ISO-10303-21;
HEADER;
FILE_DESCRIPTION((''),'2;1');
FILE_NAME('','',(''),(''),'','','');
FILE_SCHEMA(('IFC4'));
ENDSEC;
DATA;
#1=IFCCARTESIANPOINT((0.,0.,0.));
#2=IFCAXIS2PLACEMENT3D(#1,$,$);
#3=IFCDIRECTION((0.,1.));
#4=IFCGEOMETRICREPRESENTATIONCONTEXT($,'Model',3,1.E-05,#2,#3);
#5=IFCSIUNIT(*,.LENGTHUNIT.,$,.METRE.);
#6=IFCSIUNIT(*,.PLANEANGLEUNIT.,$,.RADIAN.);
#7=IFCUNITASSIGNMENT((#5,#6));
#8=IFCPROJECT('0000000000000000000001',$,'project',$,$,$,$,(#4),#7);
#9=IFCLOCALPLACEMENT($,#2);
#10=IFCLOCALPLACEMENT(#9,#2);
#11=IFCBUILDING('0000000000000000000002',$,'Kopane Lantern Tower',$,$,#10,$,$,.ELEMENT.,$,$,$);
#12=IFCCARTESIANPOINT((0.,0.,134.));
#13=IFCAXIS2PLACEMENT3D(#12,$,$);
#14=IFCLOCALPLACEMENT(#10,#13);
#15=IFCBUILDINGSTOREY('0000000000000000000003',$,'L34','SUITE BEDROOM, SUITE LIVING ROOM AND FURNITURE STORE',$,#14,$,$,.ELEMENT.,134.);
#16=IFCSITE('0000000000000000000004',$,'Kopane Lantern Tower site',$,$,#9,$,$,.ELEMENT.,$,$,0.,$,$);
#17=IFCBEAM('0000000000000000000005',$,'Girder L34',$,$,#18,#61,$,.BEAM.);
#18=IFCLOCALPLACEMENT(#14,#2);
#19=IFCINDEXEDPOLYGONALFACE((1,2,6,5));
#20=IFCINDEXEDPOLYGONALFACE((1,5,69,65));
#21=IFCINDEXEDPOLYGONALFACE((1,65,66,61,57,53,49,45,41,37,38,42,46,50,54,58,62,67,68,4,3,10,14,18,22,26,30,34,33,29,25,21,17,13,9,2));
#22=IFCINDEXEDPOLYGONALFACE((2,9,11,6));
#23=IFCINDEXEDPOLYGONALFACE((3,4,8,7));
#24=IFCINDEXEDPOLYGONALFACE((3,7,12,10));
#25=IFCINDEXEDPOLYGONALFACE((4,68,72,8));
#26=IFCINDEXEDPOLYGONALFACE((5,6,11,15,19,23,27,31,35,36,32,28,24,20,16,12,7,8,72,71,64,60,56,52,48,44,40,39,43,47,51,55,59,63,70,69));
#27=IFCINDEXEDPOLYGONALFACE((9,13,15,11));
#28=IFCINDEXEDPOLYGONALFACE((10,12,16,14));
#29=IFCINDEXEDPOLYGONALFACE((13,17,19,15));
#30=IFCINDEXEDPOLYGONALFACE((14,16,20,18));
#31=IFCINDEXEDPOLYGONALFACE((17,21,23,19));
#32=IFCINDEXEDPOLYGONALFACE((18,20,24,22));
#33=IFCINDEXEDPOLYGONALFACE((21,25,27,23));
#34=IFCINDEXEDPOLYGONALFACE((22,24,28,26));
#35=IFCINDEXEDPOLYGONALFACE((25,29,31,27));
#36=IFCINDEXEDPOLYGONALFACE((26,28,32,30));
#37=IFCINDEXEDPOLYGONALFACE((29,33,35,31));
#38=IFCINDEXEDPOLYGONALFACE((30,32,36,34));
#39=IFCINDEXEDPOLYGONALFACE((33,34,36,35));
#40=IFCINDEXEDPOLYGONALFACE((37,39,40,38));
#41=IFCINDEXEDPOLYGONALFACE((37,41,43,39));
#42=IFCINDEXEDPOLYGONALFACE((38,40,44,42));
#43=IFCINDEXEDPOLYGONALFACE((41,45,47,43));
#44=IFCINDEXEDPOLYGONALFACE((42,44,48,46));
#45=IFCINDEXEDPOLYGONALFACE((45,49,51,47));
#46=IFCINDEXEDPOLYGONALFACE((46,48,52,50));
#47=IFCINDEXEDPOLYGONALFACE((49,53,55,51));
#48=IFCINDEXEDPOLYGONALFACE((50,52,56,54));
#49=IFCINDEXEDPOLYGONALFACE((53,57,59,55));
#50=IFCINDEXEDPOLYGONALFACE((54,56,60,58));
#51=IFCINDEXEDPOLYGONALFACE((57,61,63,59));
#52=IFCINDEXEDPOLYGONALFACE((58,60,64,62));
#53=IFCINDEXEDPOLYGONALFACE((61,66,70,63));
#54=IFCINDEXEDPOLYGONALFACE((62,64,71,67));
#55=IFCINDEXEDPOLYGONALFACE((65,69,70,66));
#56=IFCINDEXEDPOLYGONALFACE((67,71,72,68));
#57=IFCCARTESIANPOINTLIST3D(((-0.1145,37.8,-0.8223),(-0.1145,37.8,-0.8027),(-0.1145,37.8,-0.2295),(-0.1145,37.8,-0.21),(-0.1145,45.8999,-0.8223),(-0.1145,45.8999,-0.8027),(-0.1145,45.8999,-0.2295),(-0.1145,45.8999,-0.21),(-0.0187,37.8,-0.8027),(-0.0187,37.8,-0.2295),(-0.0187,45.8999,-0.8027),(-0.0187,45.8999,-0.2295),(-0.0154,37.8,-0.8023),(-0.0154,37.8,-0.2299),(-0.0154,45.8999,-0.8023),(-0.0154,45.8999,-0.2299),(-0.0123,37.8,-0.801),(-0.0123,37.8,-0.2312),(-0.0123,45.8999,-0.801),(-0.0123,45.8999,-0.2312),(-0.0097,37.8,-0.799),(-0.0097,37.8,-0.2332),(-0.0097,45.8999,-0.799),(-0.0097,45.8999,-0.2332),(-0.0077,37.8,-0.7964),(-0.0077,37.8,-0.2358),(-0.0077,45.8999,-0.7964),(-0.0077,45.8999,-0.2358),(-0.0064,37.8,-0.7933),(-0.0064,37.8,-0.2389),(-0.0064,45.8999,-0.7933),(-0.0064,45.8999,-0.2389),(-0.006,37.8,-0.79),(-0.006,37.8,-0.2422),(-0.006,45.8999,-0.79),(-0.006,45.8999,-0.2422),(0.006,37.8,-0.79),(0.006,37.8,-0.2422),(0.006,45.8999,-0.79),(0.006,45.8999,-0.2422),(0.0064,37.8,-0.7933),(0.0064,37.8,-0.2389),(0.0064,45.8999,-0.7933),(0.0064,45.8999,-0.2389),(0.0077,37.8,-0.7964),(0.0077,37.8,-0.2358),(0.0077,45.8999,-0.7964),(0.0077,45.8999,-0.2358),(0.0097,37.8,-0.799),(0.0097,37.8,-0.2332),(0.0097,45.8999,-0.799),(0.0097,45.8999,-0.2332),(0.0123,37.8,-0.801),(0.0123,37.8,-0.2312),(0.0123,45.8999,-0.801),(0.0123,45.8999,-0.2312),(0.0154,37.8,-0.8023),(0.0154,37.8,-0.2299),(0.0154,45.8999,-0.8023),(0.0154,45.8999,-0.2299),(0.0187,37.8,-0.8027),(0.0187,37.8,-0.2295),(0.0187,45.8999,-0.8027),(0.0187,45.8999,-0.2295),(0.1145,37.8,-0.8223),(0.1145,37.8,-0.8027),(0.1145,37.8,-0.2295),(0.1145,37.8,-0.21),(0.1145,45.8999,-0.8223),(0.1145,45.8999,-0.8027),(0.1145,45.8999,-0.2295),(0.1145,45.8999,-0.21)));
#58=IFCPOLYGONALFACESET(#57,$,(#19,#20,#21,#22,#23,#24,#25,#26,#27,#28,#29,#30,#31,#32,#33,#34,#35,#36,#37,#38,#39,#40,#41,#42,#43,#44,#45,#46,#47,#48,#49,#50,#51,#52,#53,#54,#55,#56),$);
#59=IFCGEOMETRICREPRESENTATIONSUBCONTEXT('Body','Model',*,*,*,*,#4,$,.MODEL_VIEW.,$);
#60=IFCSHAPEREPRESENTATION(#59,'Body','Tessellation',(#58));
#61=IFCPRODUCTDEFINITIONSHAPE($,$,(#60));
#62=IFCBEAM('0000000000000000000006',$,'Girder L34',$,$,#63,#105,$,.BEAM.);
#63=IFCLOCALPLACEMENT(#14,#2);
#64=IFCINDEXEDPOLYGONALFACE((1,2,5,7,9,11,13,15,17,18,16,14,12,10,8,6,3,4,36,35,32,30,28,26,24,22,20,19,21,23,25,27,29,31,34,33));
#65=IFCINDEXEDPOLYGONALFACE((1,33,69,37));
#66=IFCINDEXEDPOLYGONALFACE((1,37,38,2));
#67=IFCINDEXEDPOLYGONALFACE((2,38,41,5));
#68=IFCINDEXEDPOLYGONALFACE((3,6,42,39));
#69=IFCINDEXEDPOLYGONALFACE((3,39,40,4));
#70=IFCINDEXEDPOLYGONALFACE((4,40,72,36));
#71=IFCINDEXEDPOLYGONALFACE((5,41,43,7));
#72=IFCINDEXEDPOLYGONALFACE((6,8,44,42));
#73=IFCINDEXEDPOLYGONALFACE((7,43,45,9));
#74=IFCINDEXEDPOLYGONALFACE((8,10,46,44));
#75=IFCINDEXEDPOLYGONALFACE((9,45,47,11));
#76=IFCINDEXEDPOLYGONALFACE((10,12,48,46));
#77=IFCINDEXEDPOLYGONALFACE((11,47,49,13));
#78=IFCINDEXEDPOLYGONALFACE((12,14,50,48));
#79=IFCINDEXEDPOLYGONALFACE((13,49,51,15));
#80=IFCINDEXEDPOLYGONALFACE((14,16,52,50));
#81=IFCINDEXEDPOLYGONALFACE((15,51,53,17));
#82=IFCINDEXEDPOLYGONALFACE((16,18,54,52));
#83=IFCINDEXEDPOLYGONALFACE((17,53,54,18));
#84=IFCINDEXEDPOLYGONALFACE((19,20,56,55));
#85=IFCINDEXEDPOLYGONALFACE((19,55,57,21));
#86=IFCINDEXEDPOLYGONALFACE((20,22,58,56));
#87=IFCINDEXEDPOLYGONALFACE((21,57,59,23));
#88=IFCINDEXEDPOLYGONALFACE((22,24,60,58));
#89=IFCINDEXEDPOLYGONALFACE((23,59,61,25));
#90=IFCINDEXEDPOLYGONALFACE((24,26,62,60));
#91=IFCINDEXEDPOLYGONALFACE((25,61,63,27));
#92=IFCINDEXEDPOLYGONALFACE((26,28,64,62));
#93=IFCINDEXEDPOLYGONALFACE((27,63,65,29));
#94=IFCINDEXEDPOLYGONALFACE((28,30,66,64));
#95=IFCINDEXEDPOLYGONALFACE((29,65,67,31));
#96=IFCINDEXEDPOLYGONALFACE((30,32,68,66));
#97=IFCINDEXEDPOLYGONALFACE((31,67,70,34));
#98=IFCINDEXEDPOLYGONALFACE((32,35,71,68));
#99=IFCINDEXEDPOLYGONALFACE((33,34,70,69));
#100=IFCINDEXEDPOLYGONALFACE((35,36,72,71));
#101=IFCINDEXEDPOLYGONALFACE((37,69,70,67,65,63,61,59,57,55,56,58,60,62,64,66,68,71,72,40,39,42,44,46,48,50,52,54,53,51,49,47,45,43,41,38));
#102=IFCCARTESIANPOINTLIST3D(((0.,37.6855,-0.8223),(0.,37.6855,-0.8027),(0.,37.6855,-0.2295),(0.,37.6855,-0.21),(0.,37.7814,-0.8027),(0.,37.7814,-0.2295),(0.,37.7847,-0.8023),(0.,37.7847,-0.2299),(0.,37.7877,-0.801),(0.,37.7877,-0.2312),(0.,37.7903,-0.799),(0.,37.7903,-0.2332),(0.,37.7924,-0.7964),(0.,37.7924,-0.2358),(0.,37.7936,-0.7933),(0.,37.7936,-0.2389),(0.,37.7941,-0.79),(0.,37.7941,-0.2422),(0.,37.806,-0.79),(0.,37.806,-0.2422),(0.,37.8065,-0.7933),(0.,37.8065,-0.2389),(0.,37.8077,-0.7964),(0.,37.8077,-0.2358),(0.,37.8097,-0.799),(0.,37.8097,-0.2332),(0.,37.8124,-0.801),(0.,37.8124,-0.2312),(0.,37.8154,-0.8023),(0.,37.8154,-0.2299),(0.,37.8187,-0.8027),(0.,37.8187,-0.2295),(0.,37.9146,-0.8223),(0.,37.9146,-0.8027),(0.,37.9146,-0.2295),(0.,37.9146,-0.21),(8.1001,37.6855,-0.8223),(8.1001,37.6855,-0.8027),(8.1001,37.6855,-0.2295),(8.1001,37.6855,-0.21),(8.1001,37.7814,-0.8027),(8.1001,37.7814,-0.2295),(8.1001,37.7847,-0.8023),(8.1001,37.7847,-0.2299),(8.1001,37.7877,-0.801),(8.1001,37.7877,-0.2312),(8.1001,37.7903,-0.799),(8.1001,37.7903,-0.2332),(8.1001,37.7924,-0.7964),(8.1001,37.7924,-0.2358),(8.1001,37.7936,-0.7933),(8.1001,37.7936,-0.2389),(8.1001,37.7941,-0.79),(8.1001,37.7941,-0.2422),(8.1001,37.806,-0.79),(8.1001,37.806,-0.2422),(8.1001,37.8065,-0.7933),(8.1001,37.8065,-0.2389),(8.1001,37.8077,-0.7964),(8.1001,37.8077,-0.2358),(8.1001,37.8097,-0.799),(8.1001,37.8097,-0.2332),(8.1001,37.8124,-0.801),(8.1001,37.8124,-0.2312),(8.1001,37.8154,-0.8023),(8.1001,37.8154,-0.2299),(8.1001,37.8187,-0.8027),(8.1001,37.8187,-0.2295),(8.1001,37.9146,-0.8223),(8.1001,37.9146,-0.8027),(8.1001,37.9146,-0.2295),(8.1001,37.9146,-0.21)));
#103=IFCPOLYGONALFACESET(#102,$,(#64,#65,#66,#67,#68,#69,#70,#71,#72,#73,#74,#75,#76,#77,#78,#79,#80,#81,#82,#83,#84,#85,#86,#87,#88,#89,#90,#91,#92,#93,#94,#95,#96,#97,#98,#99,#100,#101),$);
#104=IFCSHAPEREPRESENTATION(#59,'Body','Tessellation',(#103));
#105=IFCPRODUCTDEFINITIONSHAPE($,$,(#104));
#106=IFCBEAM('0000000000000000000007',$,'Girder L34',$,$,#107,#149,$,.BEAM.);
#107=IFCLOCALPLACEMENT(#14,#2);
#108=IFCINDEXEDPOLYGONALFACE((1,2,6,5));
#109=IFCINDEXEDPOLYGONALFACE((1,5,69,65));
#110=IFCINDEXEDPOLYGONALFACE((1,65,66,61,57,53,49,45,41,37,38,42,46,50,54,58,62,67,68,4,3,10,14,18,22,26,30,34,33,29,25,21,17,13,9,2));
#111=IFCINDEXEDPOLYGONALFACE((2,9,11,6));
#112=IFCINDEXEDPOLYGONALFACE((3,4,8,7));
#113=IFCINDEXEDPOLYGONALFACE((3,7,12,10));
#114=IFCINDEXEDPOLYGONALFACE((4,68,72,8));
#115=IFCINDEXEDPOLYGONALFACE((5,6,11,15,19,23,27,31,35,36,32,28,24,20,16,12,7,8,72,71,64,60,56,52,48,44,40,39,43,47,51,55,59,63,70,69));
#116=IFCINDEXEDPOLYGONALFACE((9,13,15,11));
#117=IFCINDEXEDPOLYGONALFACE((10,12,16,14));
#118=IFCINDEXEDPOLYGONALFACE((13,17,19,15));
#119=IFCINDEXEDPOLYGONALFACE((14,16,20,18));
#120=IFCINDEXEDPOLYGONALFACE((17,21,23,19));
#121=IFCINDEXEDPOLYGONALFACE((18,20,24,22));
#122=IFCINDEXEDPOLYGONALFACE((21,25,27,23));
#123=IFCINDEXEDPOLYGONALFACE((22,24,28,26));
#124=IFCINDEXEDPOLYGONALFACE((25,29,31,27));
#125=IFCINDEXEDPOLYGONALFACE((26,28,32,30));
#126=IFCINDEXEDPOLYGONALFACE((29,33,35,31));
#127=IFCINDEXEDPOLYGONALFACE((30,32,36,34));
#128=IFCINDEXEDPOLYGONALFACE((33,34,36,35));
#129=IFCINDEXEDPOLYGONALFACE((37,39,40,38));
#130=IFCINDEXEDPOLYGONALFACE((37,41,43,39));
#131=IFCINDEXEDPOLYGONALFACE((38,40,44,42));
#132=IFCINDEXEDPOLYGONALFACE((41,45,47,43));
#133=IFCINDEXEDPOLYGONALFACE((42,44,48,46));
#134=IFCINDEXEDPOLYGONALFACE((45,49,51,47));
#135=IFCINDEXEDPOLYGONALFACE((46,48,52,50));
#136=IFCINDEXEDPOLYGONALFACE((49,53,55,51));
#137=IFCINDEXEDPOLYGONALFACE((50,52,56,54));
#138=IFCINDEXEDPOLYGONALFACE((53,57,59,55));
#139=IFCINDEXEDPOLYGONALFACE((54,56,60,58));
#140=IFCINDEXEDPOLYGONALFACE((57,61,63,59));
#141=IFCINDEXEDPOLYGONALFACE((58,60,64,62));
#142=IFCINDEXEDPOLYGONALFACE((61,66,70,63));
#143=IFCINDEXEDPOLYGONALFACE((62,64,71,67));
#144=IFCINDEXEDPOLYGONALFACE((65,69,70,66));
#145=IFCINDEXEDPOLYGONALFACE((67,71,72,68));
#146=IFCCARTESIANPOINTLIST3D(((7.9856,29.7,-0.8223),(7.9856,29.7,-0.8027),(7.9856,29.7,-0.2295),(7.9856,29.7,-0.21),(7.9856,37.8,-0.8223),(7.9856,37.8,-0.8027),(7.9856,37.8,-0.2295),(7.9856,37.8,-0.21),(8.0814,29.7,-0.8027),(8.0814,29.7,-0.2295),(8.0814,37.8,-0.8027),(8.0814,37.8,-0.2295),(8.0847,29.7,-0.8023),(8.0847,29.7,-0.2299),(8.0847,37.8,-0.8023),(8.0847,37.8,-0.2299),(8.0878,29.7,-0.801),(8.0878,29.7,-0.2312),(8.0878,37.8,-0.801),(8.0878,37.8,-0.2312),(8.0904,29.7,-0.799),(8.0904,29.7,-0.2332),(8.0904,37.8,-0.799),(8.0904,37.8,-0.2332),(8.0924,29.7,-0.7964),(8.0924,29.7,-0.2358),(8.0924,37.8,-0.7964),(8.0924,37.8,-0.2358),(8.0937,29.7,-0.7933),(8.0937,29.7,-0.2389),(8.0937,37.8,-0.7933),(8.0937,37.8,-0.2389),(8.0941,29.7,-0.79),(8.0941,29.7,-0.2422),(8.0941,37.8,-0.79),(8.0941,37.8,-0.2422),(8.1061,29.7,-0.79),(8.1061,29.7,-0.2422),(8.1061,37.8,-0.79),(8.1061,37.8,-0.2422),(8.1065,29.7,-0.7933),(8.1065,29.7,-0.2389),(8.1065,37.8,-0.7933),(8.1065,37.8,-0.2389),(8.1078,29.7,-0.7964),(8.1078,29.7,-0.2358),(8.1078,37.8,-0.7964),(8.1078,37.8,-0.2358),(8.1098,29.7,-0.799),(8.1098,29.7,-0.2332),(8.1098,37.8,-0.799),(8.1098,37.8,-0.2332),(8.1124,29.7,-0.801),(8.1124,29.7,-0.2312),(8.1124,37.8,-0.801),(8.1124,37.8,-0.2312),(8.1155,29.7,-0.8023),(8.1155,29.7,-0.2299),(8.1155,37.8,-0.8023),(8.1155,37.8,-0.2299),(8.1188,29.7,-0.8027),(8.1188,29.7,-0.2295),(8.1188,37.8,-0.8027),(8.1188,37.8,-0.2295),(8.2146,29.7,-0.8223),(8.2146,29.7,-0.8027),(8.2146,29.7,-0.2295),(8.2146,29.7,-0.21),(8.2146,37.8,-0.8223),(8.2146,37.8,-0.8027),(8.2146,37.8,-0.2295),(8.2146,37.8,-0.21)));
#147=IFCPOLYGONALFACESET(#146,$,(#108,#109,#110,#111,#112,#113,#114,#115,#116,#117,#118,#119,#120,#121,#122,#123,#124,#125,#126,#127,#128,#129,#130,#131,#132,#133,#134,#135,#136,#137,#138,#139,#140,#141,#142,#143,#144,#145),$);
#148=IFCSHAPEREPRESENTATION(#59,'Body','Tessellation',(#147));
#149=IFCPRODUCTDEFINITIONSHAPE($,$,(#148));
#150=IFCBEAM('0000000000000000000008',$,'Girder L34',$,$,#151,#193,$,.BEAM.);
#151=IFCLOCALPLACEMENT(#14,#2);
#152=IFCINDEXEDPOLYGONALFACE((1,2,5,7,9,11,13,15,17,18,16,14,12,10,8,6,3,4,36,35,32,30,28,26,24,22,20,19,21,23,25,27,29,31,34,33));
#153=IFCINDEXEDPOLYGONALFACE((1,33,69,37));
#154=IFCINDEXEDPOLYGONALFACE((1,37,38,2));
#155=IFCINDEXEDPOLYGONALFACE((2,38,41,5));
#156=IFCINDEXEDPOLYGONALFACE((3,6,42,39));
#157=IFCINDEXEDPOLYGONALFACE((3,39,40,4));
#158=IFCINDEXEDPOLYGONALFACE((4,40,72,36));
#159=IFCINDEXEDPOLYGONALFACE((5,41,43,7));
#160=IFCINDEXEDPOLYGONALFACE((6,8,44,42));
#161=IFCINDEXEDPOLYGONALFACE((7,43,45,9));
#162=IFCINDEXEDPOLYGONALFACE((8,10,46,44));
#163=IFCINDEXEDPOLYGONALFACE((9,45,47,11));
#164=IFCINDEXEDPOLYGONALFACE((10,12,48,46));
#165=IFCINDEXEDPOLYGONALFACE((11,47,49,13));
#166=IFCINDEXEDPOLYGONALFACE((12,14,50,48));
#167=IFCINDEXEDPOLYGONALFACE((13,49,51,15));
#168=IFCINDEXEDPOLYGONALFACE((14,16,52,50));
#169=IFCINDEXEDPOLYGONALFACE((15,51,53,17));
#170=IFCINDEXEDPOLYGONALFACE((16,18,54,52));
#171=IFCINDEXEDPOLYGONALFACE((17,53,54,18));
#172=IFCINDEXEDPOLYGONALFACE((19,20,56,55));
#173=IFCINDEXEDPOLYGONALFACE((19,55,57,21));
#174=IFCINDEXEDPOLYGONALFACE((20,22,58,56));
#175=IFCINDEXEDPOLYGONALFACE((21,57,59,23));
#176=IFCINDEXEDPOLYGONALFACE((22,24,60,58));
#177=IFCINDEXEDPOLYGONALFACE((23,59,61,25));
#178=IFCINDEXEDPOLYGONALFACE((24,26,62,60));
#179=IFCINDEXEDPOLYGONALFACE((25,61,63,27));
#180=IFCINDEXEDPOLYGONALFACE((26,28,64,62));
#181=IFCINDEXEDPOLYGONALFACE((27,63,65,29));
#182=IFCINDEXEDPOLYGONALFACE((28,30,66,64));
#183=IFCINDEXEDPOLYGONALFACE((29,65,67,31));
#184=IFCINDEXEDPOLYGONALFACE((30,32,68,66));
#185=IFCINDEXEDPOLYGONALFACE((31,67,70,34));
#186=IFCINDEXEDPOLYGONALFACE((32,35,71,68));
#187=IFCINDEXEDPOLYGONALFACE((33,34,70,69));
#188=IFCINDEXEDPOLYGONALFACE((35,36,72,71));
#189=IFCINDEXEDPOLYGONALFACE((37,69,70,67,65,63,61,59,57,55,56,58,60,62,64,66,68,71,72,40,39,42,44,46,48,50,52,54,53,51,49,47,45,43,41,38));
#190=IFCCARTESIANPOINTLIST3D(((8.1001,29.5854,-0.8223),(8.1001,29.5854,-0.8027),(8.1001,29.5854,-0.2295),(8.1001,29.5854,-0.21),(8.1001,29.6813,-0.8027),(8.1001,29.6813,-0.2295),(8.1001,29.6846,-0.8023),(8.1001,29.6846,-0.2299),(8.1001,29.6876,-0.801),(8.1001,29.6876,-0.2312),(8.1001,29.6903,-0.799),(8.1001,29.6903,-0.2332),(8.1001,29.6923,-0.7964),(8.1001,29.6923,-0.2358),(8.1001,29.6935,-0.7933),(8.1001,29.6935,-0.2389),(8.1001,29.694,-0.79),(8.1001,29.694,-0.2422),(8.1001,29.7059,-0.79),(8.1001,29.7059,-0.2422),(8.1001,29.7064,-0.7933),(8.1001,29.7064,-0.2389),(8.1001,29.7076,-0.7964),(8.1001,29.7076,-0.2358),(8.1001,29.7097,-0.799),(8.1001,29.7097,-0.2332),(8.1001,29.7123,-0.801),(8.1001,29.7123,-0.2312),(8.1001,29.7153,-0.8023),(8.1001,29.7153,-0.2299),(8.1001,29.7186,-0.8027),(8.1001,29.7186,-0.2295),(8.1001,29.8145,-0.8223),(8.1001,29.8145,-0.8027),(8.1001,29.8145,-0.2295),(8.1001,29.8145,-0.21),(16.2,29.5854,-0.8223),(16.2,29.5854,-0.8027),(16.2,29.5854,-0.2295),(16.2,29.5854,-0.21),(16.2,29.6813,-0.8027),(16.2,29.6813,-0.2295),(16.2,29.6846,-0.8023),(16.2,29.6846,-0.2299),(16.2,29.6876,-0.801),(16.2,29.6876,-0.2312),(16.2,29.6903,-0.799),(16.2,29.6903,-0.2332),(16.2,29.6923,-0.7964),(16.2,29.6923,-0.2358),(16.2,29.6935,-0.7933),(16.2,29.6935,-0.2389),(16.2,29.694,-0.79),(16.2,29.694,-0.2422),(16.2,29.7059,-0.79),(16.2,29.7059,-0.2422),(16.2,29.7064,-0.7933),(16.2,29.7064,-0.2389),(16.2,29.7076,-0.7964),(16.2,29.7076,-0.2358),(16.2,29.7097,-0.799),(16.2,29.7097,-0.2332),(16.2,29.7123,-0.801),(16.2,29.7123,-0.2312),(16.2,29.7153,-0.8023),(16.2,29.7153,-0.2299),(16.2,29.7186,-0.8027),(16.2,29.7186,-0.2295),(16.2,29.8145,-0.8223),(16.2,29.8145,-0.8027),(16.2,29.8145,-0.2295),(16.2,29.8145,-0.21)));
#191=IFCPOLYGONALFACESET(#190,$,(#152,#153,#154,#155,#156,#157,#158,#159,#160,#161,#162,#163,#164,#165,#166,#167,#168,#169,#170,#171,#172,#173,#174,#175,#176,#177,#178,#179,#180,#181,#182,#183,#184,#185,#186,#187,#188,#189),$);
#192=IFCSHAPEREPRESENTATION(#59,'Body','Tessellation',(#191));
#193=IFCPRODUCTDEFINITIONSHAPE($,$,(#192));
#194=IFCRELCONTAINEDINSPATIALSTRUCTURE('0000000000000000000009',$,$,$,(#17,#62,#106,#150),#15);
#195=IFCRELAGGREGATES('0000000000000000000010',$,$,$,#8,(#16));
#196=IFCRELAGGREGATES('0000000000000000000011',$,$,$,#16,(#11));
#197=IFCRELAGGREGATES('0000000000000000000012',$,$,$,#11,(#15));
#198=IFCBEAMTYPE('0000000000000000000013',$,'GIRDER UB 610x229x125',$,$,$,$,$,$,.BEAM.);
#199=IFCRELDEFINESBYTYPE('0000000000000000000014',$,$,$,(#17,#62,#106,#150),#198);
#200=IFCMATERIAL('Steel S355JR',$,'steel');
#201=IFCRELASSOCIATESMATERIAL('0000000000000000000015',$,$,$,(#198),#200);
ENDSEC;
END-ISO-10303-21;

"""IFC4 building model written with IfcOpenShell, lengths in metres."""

from ifc_helpers import new_model, si_unit, direction, frame, origin, origin_2d, place, context, subcontext, project, spatial, i_section, extrude, material, material_profile, profile_set, type_object, element, save


model = new_model("IFC4")

# Units and contexts
model_context = context("Model", 3, precision=1e-05, world=origin(), true_north=direction((0.0, 1.0)))
body_context = subcontext(model_context, "Body", "Model", "MODEL_VIEW")
ifc_project = project(units=[si_unit("LENGTHUNIT", "METRE"), si_unit("PLANEANGLEUNIT", "RADIAN")], contexts=[model_context])

# Site, building, storey
site_placement = place(None, origin())
site = spatial("IfcSite", under=ifc_project, at=site_placement, Name="Kopane Lantern Tower site", CompositionType="ELEMENT", RefElevation=0.0)
building_placement = place(site_placement, origin())
building = spatial("IfcBuilding", under=site, at=building_placement, Name="Kopane Lantern Tower", CompositionType="ELEMENT")
storey_placement = place(building_placement, frame((0.0, 0.0, 134.0)))
storey = spatial("IfcBuildingStorey", under=building, at=storey_placement, Name="L34", Description="SUITE BEDROOM, SUITE LIVING ROOM AND FURNITURE STORE", CompositionType="ELEMENT", Elevation=134.0)

# Beams
ifc_material_1 = material(Name="Steel S355JR", Category="steel")
ifc_material_profile_1 = material_profile(ifc_material_1, i_section(OverallWidth=0.229, OverallDepth=0.6123, WebThickness=0.012, FlangeThickness=0.0195, FilletRadius=0.0127, at=origin_2d()), Name="UB 610x229x125")
ifc_profile_set_1 = profile_set([ifc_material_profile_1], Name="Steel S355JR")
beam_type = type_object("IfcBeamType", Name="GIRDER UB 610x229x125", PredefinedType="BEAM", material=ifc_profile_set_1)
beam_placement = place(storey_placement, frame((0.0, 37.8, -0.5161), z_axis=(0.0, 1.0, 0.0), x_axis=(-1.0, 0.0, 0.0)))
element("IfcBeam", 1, at=beam_placement, inside=storey, type_object=beam_type, Name="Girder L34", PredefinedType="BEAM", context=body_context, shape_type="SweptSolid", body=[
    extrude(i_section(OverallWidth=0.229, OverallDepth=0.6123, WebThickness=0.012, FlangeThickness=0.0195, FilletRadius=0.0127, at=origin_2d()), origin(), (0.0, 0.0, 1.0), 8.0999),
])
for number, where, z_axis, x_axis, name in (
    (2, (0.0, 37.8, -0.5161), (1.0, 0.0, 0.0), (0.0, 1.0, 0.0), "Girder L34"),
    (3, (8.1001, 29.7, -0.5161), (0.0, 1.0, 0.0), (-1.0, 0.0, 0.0), "Girder L34"),
):
    element("IfcBeam", number, at=place(storey_placement, frame(where, z_axis=z_axis, x_axis=x_axis)), inside=storey, type_object=beam_type, Name=name, PredefinedType="BEAM", context=body_context, shape_type="SweptSolid", body=[
        extrude(i_section(OverallWidth=0.229, OverallDepth=0.6123, WebThickness=0.012, FlangeThickness=0.0195, FilletRadius=0.0127, at=origin_2d()), origin(), (0.0, 0.0, 1.0), 8.1001),
    ])
for number, where, z_axis, x_axis, name in (
    (4, (8.1001, 29.7, -0.5161), (1.0, 0.0, 0.0), (0.0, 1.0, 0.0), "Girder L34"),
):
    element("IfcBeam", number, at=place(storey_placement, frame(where, z_axis=z_axis, x_axis=x_axis)), inside=storey, type_object=beam_type, Name=name, PredefinedType="BEAM", context=body_context, shape_type="SweptSolid", body=[
        extrude(i_section(OverallWidth=0.229, OverallDepth=0.6123, WebThickness=0.012, FlangeThickness=0.0195, FilletRadius=0.0127, at=origin_2d()), origin(), (0.0, 0.0, 1.0), 8.0999),
    ])

save(model, "model.ifc")
